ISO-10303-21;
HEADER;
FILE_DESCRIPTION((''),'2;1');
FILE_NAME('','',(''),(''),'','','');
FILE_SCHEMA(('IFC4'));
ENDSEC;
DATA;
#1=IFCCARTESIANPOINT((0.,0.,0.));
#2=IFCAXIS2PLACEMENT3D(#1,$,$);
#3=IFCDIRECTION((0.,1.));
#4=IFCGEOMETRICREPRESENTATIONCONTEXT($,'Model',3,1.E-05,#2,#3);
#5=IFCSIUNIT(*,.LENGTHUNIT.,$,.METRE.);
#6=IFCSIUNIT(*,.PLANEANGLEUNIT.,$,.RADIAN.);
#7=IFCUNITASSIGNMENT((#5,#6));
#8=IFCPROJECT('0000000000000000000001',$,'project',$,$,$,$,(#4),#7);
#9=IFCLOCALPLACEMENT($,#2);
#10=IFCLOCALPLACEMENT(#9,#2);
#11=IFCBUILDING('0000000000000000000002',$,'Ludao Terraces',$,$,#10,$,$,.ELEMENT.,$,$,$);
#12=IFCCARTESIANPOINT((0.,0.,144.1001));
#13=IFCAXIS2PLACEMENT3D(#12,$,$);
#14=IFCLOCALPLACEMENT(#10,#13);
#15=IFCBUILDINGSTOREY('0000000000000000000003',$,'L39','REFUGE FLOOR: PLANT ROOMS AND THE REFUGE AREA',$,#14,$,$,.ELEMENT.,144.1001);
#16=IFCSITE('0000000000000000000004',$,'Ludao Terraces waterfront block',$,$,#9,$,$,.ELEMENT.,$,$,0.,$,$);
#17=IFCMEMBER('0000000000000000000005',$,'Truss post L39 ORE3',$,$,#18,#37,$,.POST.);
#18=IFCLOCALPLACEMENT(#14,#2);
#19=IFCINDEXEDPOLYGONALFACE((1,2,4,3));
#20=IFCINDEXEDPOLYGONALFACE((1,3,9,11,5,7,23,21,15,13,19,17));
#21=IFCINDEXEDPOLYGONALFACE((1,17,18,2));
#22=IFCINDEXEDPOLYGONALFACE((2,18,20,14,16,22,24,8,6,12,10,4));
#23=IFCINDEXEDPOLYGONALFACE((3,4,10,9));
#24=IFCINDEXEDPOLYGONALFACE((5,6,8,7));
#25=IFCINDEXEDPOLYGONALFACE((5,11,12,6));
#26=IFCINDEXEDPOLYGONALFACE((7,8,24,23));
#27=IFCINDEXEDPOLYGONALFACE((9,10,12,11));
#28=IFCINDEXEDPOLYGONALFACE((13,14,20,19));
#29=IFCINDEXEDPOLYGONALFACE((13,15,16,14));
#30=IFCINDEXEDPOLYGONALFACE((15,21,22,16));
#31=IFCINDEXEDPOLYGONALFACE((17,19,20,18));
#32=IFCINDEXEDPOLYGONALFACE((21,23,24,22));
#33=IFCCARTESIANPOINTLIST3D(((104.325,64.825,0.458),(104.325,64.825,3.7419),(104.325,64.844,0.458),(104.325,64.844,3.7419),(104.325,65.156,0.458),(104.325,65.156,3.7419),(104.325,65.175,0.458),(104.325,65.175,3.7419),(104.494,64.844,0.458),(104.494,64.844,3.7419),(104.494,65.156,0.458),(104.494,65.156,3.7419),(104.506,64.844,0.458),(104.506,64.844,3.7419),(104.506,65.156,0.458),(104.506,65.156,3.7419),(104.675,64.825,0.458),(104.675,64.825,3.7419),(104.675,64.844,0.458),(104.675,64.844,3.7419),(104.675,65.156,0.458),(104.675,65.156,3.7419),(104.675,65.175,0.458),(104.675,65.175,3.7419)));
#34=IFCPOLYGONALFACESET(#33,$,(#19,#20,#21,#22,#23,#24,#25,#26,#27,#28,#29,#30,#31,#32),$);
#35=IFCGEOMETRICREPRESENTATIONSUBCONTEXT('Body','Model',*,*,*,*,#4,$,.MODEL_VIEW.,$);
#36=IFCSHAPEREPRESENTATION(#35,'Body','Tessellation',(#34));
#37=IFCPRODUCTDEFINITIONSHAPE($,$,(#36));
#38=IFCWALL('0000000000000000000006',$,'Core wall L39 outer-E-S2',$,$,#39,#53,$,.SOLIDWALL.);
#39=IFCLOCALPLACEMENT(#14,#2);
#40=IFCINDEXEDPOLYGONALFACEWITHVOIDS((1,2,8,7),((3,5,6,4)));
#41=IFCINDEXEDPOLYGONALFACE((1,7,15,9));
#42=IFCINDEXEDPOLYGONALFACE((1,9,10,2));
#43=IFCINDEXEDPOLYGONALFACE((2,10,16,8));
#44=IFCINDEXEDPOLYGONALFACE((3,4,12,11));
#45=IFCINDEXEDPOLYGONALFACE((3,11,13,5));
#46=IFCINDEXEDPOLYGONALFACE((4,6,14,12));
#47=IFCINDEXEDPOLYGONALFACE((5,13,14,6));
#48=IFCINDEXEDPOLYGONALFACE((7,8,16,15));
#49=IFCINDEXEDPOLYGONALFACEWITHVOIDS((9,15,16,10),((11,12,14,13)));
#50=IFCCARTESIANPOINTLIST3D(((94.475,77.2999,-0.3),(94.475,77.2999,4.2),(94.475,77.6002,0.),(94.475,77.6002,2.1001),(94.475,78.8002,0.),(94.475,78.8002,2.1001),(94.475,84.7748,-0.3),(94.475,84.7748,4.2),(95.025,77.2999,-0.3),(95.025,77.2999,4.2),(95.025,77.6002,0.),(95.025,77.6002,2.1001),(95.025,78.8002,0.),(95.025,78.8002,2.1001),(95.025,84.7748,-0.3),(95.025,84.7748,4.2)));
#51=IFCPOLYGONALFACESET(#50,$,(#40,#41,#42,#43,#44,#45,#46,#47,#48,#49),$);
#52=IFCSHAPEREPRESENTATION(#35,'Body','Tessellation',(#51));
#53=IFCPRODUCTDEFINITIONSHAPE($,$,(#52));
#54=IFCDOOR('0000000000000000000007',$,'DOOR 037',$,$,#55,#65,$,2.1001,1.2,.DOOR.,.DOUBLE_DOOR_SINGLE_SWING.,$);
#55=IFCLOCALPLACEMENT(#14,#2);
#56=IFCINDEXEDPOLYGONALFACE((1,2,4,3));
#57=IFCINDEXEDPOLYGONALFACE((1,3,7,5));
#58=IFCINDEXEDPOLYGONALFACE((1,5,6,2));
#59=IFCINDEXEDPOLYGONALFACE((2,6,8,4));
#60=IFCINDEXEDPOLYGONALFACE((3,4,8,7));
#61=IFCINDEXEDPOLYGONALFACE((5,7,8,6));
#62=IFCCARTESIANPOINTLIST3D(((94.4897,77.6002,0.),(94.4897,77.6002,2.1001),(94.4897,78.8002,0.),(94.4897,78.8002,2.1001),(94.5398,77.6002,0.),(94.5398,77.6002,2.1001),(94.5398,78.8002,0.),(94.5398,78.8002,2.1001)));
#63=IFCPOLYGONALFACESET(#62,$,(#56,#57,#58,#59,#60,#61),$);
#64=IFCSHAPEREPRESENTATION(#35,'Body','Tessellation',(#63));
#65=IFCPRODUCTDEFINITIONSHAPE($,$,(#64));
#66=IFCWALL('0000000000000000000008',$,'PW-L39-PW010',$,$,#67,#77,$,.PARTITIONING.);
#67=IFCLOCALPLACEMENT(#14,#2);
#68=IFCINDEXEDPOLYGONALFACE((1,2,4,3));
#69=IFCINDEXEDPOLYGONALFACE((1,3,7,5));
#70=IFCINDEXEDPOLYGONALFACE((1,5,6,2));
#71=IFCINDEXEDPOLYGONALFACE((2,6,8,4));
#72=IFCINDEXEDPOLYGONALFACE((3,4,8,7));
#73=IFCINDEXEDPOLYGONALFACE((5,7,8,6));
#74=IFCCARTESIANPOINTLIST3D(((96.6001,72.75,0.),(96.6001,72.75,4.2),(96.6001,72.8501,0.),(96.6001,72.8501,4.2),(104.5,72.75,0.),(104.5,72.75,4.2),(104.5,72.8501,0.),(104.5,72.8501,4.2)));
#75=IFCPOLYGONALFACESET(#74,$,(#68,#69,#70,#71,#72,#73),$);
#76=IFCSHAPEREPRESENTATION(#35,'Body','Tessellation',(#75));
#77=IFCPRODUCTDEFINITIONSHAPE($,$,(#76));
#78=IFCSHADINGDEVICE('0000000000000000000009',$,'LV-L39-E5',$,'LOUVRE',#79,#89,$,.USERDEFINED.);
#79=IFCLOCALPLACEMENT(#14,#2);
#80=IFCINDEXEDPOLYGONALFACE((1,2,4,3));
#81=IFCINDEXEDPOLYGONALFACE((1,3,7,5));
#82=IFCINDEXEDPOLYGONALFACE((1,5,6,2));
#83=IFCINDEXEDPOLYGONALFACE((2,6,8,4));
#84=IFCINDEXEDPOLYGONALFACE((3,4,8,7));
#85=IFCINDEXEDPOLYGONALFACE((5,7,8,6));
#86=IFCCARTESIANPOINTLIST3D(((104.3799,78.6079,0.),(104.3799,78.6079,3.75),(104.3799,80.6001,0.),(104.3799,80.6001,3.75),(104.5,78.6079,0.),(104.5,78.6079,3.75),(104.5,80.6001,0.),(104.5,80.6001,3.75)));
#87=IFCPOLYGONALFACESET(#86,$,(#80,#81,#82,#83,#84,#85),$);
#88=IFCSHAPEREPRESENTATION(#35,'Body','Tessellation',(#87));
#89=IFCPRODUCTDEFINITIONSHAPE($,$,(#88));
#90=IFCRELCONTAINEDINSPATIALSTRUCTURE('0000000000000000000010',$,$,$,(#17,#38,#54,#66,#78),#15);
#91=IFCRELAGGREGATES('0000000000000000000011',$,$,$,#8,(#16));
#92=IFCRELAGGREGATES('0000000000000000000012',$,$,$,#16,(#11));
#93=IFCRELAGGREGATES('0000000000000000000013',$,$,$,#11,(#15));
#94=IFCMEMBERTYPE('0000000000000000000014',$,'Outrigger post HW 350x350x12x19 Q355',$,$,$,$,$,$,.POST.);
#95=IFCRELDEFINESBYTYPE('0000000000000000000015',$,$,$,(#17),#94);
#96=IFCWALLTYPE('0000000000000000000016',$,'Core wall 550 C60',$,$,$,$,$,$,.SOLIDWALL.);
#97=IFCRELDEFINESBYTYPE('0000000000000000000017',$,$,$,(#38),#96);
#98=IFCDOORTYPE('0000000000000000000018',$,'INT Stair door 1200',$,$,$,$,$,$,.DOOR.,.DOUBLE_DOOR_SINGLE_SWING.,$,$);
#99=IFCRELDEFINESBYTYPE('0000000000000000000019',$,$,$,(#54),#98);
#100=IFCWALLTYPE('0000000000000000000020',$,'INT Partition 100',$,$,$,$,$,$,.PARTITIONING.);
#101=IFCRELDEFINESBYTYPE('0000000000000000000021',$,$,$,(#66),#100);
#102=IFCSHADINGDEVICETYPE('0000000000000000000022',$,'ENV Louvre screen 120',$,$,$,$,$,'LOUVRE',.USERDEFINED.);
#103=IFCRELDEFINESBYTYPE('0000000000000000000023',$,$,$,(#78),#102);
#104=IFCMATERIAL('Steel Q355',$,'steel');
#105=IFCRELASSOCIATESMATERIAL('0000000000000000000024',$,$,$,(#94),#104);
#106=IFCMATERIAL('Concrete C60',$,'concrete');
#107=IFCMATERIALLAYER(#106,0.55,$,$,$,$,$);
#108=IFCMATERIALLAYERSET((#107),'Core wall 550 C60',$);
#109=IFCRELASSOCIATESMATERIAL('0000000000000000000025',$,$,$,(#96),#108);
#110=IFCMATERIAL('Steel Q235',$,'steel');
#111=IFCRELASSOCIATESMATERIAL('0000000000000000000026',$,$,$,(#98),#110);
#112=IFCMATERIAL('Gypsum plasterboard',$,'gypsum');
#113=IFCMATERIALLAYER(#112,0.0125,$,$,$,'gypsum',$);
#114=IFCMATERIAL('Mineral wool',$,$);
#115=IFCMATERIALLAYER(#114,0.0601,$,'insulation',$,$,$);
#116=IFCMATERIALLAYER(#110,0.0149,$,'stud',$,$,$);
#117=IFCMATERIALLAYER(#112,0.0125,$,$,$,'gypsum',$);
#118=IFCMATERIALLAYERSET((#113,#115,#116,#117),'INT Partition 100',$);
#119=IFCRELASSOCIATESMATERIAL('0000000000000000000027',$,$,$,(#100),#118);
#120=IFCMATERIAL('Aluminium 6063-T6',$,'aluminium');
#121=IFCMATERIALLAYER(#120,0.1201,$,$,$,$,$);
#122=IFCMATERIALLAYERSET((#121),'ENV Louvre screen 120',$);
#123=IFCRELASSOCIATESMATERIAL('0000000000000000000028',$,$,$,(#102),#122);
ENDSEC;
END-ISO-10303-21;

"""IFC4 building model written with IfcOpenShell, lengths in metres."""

from ifc_helpers import new_model, si_unit, direction, frame, frame_2d, origin, origin_2d, place, context, subcontext, project, spatial, rectangle, i_section, extrude, material, layer, layer_set, material_profile, profile_set, type_object, element, fill, save


model = new_model("IFC4")

# Units and contexts
model_context = context("Model", 3, precision=1e-05, world=origin(), true_north=direction((0.0, 1.0)))
body_context = subcontext(model_context, "Body", "Model", "MODEL_VIEW")
ifc_project = project(units=[si_unit("LENGTHUNIT", "METRE"), si_unit("PLANEANGLEUNIT", "RADIAN")], contexts=[model_context])

# Site, building, storey
site_placement = place(None, origin())
site = spatial("IfcSite", under=ifc_project, at=site_placement, Name="Ludao Terraces waterfront block", CompositionType="ELEMENT", RefElevation=0.0)
building_placement = place(site_placement, origin())
building = spatial("IfcBuilding", under=site, at=building_placement, Name="Ludao Terraces", CompositionType="ELEMENT")
storey_placement = place(building_placement, frame((0.0, 0.0, 144.1001)))
storey = spatial("IfcBuildingStorey", under=building, at=storey_placement, Name="L39", Description="REFUGE FLOOR: PLANT ROOMS AND THE REFUGE AREA", CompositionType="ELEMENT", Elevation=144.1001)

# Member
ifc_material_1 = material(Name="Steel Q355", Category="steel")
ifc_material_profile_1 = material_profile(ifc_material_1, i_section(OverallWidth=0.3501, OverallDepth=0.3501, WebThickness=0.012, FlangeThickness=0.019, at=origin_2d()), Name="HW 350X350X12X19")
ifc_profile_set_1 = profile_set([ifc_material_profile_1], Name="Steel Q355")
member_type_1 = type_object("IfcMemberType", Name="Outrigger post HW 350x350x12x19 Q355", PredefinedType="POST", material=ifc_profile_set_1)
member_1_placement = place(storey_placement, frame((104.5, 65.0, 0.458), z_axis=(0.0, 0.0, 1.0), x_axis=(1.0, 0.0, 0.0)))
element("IfcMember", 1, at=member_1_placement, inside=storey, type_object=member_type_1, Name="Truss post L39 ORE3", PredefinedType="POST", context=body_context, shape_type="SweptSolid", body=[
    extrude(i_section(OverallWidth=0.3501, OverallDepth=0.3501, WebThickness=0.012, FlangeThickness=0.019, at=origin_2d()), origin(), (0.0, 0.0, 1.0), 3.2839),
])

# Wall, opening, door
ifc_material_2 = material(Name="Concrete C60", Category="concrete")
ifc_layer_1 = layer(ifc_material_2, 0.55)
ifc_layer_set_1 = layer_set([ifc_layer_1], Name="Core wall 550 C60")
wall_type_1 = type_object("IfcWallType", Name="Core wall 550 C60", PredefinedType="SOLIDWALL", material=ifc_layer_set_1)
wall_1_placement = place(storey_placement, frame((94.75, 77.3, -0.3), z_axis=(0.0, 0.0, 1.0), x_axis=(0.0, 1.0, 0.0)))
wall_1 = element("IfcWall", 2, at=wall_1_placement, inside=storey, type_object=wall_type_1, Name="Core wall L39 outer-E-S2", PredefinedType="SOLIDWALL", context=body_context, shape_type="SweptSolid", body=[
    extrude(rectangle(XDim=7.4749, YDim=0.55, at=frame_2d((3.7373, 0.0))), origin(), (0.0, 0.0, 1.0), 4.5),
])
opening_placement = place(wall_1_placement, frame((0.3, 0.0, 0.3)))
opening = element("IfcOpeningElement", 3, at=opening_placement, cuts=wall_1, PredefinedType="OPENING", context=body_context, shape_type="SweptSolid", body=[
    extrude(rectangle(XDim=1.2, YDim=2.1001, at=frame_2d((0.6001, 1.05))), frame((0.0, 0.2852, 0.0), z_axis=(0.0, -1.0, 0.0), x_axis=(1.0, 0.0, 0.0)), (0.0, 0.0, 1.0), 0.5701),
])
ifc_material_3 = material(Name="Steel Q235", Category="steel")
door_type = type_object("IfcDoorType", Name="INT Stair door 1200", OperationType="DOUBLE_DOOR_SINGLE_SWING", PredefinedType="DOOR", material=ifc_material_3)
door_placement = place(opening_placement, origin())
door = element("IfcDoor", 4, at=door_placement, inside=storey, type_object=door_type, Name="DOOR 037", OperationType="DOUBLE_DOOR_SINGLE_SWING", OverallHeight=2.1001, OverallWidth=1.2, PredefinedType="DOOR", context=body_context, shape_type="SweptSolid", body=[
    extrude(rectangle(XDim=1.2, YDim=2.1001, at=frame_2d((0.6001, 1.05))), frame((0.0, 0.2603, 0.0), z_axis=(0.0, -1.0, 0.0), x_axis=(1.0, 0.0, 0.0)), (0.0, 0.0, 1.0), 0.05),
])
fill(opening, door)

# Wall
ifc_material_4 = material(Name="Gypsum plasterboard", Category="gypsum")
ifc_layer_2 = layer(ifc_material_4, 0.0125, Category="gypsum")
ifc_material_5 = material(Name="Mineral wool")
ifc_layer_3 = layer(ifc_material_5, 0.0601, Name="insulation")
ifc_layer_4 = layer(ifc_material_3, 0.0149, Name="stud")
ifc_layer_5 = layer(ifc_material_4, 0.0125, Category="gypsum")
ifc_layer_set_2 = layer_set([ifc_layer_2, ifc_layer_3, ifc_layer_4, ifc_layer_5], Name="INT Partition 100")
wall_type_2 = type_object("IfcWallType", Name="INT Partition 100", PredefinedType="PARTITIONING", material=ifc_layer_set_2)
wall_2_placement = place(storey_placement, frame((96.6001, 72.8, 0.0), z_axis=(0.0, 0.0, 1.0), x_axis=(1.0, 0.0, 0.0)))
element("IfcWall", 5, at=wall_2_placement, inside=storey, type_object=wall_type_2, Name="PW-L39-PW010", PredefinedType="PARTITIONING", context=body_context, shape_type="SweptSolid", body=[
    extrude(rectangle(XDim=7.8999, YDim=0.1001, at=frame_2d((3.95, 0.0))), origin(), (0.0, 0.0, 1.0), 4.2),
])

# Shading device
ifc_material_6 = material(Name="Aluminium 6063-T6", Category="aluminium")
ifc_layer_6 = layer(ifc_material_6, 0.1201)
ifc_layer_set_3 = layer_set([ifc_layer_6], Name="ENV Louvre screen 120")
shading_device_type = type_object("IfcShadingDeviceType", Name="ENV Louvre screen 120", ElementType="LOUVRE", PredefinedType="USERDEFINED", material=ifc_layer_set_3)
shading_device_placement = place(storey_placement, frame((104.4399, 78.6079, 0.0), z_axis=(0.0, 0.0, 1.0), x_axis=(0.0, 1.0, 0.0)))
element("IfcShadingDevice", 6, at=shading_device_placement, inside=storey, type_object=shading_device_type, Name="LV-L39-E5", ObjectType="LOUVRE", PredefinedType="USERDEFINED", context=body_context, shape_type="SweptSolid", body=[
    extrude(rectangle(XDim=1.9922, YDim=0.1201, at=frame_2d((0.9961, 0.0))), origin(), (0.0, 0.0, 1.0), 3.75),
])

save(model, "model.ifc")
